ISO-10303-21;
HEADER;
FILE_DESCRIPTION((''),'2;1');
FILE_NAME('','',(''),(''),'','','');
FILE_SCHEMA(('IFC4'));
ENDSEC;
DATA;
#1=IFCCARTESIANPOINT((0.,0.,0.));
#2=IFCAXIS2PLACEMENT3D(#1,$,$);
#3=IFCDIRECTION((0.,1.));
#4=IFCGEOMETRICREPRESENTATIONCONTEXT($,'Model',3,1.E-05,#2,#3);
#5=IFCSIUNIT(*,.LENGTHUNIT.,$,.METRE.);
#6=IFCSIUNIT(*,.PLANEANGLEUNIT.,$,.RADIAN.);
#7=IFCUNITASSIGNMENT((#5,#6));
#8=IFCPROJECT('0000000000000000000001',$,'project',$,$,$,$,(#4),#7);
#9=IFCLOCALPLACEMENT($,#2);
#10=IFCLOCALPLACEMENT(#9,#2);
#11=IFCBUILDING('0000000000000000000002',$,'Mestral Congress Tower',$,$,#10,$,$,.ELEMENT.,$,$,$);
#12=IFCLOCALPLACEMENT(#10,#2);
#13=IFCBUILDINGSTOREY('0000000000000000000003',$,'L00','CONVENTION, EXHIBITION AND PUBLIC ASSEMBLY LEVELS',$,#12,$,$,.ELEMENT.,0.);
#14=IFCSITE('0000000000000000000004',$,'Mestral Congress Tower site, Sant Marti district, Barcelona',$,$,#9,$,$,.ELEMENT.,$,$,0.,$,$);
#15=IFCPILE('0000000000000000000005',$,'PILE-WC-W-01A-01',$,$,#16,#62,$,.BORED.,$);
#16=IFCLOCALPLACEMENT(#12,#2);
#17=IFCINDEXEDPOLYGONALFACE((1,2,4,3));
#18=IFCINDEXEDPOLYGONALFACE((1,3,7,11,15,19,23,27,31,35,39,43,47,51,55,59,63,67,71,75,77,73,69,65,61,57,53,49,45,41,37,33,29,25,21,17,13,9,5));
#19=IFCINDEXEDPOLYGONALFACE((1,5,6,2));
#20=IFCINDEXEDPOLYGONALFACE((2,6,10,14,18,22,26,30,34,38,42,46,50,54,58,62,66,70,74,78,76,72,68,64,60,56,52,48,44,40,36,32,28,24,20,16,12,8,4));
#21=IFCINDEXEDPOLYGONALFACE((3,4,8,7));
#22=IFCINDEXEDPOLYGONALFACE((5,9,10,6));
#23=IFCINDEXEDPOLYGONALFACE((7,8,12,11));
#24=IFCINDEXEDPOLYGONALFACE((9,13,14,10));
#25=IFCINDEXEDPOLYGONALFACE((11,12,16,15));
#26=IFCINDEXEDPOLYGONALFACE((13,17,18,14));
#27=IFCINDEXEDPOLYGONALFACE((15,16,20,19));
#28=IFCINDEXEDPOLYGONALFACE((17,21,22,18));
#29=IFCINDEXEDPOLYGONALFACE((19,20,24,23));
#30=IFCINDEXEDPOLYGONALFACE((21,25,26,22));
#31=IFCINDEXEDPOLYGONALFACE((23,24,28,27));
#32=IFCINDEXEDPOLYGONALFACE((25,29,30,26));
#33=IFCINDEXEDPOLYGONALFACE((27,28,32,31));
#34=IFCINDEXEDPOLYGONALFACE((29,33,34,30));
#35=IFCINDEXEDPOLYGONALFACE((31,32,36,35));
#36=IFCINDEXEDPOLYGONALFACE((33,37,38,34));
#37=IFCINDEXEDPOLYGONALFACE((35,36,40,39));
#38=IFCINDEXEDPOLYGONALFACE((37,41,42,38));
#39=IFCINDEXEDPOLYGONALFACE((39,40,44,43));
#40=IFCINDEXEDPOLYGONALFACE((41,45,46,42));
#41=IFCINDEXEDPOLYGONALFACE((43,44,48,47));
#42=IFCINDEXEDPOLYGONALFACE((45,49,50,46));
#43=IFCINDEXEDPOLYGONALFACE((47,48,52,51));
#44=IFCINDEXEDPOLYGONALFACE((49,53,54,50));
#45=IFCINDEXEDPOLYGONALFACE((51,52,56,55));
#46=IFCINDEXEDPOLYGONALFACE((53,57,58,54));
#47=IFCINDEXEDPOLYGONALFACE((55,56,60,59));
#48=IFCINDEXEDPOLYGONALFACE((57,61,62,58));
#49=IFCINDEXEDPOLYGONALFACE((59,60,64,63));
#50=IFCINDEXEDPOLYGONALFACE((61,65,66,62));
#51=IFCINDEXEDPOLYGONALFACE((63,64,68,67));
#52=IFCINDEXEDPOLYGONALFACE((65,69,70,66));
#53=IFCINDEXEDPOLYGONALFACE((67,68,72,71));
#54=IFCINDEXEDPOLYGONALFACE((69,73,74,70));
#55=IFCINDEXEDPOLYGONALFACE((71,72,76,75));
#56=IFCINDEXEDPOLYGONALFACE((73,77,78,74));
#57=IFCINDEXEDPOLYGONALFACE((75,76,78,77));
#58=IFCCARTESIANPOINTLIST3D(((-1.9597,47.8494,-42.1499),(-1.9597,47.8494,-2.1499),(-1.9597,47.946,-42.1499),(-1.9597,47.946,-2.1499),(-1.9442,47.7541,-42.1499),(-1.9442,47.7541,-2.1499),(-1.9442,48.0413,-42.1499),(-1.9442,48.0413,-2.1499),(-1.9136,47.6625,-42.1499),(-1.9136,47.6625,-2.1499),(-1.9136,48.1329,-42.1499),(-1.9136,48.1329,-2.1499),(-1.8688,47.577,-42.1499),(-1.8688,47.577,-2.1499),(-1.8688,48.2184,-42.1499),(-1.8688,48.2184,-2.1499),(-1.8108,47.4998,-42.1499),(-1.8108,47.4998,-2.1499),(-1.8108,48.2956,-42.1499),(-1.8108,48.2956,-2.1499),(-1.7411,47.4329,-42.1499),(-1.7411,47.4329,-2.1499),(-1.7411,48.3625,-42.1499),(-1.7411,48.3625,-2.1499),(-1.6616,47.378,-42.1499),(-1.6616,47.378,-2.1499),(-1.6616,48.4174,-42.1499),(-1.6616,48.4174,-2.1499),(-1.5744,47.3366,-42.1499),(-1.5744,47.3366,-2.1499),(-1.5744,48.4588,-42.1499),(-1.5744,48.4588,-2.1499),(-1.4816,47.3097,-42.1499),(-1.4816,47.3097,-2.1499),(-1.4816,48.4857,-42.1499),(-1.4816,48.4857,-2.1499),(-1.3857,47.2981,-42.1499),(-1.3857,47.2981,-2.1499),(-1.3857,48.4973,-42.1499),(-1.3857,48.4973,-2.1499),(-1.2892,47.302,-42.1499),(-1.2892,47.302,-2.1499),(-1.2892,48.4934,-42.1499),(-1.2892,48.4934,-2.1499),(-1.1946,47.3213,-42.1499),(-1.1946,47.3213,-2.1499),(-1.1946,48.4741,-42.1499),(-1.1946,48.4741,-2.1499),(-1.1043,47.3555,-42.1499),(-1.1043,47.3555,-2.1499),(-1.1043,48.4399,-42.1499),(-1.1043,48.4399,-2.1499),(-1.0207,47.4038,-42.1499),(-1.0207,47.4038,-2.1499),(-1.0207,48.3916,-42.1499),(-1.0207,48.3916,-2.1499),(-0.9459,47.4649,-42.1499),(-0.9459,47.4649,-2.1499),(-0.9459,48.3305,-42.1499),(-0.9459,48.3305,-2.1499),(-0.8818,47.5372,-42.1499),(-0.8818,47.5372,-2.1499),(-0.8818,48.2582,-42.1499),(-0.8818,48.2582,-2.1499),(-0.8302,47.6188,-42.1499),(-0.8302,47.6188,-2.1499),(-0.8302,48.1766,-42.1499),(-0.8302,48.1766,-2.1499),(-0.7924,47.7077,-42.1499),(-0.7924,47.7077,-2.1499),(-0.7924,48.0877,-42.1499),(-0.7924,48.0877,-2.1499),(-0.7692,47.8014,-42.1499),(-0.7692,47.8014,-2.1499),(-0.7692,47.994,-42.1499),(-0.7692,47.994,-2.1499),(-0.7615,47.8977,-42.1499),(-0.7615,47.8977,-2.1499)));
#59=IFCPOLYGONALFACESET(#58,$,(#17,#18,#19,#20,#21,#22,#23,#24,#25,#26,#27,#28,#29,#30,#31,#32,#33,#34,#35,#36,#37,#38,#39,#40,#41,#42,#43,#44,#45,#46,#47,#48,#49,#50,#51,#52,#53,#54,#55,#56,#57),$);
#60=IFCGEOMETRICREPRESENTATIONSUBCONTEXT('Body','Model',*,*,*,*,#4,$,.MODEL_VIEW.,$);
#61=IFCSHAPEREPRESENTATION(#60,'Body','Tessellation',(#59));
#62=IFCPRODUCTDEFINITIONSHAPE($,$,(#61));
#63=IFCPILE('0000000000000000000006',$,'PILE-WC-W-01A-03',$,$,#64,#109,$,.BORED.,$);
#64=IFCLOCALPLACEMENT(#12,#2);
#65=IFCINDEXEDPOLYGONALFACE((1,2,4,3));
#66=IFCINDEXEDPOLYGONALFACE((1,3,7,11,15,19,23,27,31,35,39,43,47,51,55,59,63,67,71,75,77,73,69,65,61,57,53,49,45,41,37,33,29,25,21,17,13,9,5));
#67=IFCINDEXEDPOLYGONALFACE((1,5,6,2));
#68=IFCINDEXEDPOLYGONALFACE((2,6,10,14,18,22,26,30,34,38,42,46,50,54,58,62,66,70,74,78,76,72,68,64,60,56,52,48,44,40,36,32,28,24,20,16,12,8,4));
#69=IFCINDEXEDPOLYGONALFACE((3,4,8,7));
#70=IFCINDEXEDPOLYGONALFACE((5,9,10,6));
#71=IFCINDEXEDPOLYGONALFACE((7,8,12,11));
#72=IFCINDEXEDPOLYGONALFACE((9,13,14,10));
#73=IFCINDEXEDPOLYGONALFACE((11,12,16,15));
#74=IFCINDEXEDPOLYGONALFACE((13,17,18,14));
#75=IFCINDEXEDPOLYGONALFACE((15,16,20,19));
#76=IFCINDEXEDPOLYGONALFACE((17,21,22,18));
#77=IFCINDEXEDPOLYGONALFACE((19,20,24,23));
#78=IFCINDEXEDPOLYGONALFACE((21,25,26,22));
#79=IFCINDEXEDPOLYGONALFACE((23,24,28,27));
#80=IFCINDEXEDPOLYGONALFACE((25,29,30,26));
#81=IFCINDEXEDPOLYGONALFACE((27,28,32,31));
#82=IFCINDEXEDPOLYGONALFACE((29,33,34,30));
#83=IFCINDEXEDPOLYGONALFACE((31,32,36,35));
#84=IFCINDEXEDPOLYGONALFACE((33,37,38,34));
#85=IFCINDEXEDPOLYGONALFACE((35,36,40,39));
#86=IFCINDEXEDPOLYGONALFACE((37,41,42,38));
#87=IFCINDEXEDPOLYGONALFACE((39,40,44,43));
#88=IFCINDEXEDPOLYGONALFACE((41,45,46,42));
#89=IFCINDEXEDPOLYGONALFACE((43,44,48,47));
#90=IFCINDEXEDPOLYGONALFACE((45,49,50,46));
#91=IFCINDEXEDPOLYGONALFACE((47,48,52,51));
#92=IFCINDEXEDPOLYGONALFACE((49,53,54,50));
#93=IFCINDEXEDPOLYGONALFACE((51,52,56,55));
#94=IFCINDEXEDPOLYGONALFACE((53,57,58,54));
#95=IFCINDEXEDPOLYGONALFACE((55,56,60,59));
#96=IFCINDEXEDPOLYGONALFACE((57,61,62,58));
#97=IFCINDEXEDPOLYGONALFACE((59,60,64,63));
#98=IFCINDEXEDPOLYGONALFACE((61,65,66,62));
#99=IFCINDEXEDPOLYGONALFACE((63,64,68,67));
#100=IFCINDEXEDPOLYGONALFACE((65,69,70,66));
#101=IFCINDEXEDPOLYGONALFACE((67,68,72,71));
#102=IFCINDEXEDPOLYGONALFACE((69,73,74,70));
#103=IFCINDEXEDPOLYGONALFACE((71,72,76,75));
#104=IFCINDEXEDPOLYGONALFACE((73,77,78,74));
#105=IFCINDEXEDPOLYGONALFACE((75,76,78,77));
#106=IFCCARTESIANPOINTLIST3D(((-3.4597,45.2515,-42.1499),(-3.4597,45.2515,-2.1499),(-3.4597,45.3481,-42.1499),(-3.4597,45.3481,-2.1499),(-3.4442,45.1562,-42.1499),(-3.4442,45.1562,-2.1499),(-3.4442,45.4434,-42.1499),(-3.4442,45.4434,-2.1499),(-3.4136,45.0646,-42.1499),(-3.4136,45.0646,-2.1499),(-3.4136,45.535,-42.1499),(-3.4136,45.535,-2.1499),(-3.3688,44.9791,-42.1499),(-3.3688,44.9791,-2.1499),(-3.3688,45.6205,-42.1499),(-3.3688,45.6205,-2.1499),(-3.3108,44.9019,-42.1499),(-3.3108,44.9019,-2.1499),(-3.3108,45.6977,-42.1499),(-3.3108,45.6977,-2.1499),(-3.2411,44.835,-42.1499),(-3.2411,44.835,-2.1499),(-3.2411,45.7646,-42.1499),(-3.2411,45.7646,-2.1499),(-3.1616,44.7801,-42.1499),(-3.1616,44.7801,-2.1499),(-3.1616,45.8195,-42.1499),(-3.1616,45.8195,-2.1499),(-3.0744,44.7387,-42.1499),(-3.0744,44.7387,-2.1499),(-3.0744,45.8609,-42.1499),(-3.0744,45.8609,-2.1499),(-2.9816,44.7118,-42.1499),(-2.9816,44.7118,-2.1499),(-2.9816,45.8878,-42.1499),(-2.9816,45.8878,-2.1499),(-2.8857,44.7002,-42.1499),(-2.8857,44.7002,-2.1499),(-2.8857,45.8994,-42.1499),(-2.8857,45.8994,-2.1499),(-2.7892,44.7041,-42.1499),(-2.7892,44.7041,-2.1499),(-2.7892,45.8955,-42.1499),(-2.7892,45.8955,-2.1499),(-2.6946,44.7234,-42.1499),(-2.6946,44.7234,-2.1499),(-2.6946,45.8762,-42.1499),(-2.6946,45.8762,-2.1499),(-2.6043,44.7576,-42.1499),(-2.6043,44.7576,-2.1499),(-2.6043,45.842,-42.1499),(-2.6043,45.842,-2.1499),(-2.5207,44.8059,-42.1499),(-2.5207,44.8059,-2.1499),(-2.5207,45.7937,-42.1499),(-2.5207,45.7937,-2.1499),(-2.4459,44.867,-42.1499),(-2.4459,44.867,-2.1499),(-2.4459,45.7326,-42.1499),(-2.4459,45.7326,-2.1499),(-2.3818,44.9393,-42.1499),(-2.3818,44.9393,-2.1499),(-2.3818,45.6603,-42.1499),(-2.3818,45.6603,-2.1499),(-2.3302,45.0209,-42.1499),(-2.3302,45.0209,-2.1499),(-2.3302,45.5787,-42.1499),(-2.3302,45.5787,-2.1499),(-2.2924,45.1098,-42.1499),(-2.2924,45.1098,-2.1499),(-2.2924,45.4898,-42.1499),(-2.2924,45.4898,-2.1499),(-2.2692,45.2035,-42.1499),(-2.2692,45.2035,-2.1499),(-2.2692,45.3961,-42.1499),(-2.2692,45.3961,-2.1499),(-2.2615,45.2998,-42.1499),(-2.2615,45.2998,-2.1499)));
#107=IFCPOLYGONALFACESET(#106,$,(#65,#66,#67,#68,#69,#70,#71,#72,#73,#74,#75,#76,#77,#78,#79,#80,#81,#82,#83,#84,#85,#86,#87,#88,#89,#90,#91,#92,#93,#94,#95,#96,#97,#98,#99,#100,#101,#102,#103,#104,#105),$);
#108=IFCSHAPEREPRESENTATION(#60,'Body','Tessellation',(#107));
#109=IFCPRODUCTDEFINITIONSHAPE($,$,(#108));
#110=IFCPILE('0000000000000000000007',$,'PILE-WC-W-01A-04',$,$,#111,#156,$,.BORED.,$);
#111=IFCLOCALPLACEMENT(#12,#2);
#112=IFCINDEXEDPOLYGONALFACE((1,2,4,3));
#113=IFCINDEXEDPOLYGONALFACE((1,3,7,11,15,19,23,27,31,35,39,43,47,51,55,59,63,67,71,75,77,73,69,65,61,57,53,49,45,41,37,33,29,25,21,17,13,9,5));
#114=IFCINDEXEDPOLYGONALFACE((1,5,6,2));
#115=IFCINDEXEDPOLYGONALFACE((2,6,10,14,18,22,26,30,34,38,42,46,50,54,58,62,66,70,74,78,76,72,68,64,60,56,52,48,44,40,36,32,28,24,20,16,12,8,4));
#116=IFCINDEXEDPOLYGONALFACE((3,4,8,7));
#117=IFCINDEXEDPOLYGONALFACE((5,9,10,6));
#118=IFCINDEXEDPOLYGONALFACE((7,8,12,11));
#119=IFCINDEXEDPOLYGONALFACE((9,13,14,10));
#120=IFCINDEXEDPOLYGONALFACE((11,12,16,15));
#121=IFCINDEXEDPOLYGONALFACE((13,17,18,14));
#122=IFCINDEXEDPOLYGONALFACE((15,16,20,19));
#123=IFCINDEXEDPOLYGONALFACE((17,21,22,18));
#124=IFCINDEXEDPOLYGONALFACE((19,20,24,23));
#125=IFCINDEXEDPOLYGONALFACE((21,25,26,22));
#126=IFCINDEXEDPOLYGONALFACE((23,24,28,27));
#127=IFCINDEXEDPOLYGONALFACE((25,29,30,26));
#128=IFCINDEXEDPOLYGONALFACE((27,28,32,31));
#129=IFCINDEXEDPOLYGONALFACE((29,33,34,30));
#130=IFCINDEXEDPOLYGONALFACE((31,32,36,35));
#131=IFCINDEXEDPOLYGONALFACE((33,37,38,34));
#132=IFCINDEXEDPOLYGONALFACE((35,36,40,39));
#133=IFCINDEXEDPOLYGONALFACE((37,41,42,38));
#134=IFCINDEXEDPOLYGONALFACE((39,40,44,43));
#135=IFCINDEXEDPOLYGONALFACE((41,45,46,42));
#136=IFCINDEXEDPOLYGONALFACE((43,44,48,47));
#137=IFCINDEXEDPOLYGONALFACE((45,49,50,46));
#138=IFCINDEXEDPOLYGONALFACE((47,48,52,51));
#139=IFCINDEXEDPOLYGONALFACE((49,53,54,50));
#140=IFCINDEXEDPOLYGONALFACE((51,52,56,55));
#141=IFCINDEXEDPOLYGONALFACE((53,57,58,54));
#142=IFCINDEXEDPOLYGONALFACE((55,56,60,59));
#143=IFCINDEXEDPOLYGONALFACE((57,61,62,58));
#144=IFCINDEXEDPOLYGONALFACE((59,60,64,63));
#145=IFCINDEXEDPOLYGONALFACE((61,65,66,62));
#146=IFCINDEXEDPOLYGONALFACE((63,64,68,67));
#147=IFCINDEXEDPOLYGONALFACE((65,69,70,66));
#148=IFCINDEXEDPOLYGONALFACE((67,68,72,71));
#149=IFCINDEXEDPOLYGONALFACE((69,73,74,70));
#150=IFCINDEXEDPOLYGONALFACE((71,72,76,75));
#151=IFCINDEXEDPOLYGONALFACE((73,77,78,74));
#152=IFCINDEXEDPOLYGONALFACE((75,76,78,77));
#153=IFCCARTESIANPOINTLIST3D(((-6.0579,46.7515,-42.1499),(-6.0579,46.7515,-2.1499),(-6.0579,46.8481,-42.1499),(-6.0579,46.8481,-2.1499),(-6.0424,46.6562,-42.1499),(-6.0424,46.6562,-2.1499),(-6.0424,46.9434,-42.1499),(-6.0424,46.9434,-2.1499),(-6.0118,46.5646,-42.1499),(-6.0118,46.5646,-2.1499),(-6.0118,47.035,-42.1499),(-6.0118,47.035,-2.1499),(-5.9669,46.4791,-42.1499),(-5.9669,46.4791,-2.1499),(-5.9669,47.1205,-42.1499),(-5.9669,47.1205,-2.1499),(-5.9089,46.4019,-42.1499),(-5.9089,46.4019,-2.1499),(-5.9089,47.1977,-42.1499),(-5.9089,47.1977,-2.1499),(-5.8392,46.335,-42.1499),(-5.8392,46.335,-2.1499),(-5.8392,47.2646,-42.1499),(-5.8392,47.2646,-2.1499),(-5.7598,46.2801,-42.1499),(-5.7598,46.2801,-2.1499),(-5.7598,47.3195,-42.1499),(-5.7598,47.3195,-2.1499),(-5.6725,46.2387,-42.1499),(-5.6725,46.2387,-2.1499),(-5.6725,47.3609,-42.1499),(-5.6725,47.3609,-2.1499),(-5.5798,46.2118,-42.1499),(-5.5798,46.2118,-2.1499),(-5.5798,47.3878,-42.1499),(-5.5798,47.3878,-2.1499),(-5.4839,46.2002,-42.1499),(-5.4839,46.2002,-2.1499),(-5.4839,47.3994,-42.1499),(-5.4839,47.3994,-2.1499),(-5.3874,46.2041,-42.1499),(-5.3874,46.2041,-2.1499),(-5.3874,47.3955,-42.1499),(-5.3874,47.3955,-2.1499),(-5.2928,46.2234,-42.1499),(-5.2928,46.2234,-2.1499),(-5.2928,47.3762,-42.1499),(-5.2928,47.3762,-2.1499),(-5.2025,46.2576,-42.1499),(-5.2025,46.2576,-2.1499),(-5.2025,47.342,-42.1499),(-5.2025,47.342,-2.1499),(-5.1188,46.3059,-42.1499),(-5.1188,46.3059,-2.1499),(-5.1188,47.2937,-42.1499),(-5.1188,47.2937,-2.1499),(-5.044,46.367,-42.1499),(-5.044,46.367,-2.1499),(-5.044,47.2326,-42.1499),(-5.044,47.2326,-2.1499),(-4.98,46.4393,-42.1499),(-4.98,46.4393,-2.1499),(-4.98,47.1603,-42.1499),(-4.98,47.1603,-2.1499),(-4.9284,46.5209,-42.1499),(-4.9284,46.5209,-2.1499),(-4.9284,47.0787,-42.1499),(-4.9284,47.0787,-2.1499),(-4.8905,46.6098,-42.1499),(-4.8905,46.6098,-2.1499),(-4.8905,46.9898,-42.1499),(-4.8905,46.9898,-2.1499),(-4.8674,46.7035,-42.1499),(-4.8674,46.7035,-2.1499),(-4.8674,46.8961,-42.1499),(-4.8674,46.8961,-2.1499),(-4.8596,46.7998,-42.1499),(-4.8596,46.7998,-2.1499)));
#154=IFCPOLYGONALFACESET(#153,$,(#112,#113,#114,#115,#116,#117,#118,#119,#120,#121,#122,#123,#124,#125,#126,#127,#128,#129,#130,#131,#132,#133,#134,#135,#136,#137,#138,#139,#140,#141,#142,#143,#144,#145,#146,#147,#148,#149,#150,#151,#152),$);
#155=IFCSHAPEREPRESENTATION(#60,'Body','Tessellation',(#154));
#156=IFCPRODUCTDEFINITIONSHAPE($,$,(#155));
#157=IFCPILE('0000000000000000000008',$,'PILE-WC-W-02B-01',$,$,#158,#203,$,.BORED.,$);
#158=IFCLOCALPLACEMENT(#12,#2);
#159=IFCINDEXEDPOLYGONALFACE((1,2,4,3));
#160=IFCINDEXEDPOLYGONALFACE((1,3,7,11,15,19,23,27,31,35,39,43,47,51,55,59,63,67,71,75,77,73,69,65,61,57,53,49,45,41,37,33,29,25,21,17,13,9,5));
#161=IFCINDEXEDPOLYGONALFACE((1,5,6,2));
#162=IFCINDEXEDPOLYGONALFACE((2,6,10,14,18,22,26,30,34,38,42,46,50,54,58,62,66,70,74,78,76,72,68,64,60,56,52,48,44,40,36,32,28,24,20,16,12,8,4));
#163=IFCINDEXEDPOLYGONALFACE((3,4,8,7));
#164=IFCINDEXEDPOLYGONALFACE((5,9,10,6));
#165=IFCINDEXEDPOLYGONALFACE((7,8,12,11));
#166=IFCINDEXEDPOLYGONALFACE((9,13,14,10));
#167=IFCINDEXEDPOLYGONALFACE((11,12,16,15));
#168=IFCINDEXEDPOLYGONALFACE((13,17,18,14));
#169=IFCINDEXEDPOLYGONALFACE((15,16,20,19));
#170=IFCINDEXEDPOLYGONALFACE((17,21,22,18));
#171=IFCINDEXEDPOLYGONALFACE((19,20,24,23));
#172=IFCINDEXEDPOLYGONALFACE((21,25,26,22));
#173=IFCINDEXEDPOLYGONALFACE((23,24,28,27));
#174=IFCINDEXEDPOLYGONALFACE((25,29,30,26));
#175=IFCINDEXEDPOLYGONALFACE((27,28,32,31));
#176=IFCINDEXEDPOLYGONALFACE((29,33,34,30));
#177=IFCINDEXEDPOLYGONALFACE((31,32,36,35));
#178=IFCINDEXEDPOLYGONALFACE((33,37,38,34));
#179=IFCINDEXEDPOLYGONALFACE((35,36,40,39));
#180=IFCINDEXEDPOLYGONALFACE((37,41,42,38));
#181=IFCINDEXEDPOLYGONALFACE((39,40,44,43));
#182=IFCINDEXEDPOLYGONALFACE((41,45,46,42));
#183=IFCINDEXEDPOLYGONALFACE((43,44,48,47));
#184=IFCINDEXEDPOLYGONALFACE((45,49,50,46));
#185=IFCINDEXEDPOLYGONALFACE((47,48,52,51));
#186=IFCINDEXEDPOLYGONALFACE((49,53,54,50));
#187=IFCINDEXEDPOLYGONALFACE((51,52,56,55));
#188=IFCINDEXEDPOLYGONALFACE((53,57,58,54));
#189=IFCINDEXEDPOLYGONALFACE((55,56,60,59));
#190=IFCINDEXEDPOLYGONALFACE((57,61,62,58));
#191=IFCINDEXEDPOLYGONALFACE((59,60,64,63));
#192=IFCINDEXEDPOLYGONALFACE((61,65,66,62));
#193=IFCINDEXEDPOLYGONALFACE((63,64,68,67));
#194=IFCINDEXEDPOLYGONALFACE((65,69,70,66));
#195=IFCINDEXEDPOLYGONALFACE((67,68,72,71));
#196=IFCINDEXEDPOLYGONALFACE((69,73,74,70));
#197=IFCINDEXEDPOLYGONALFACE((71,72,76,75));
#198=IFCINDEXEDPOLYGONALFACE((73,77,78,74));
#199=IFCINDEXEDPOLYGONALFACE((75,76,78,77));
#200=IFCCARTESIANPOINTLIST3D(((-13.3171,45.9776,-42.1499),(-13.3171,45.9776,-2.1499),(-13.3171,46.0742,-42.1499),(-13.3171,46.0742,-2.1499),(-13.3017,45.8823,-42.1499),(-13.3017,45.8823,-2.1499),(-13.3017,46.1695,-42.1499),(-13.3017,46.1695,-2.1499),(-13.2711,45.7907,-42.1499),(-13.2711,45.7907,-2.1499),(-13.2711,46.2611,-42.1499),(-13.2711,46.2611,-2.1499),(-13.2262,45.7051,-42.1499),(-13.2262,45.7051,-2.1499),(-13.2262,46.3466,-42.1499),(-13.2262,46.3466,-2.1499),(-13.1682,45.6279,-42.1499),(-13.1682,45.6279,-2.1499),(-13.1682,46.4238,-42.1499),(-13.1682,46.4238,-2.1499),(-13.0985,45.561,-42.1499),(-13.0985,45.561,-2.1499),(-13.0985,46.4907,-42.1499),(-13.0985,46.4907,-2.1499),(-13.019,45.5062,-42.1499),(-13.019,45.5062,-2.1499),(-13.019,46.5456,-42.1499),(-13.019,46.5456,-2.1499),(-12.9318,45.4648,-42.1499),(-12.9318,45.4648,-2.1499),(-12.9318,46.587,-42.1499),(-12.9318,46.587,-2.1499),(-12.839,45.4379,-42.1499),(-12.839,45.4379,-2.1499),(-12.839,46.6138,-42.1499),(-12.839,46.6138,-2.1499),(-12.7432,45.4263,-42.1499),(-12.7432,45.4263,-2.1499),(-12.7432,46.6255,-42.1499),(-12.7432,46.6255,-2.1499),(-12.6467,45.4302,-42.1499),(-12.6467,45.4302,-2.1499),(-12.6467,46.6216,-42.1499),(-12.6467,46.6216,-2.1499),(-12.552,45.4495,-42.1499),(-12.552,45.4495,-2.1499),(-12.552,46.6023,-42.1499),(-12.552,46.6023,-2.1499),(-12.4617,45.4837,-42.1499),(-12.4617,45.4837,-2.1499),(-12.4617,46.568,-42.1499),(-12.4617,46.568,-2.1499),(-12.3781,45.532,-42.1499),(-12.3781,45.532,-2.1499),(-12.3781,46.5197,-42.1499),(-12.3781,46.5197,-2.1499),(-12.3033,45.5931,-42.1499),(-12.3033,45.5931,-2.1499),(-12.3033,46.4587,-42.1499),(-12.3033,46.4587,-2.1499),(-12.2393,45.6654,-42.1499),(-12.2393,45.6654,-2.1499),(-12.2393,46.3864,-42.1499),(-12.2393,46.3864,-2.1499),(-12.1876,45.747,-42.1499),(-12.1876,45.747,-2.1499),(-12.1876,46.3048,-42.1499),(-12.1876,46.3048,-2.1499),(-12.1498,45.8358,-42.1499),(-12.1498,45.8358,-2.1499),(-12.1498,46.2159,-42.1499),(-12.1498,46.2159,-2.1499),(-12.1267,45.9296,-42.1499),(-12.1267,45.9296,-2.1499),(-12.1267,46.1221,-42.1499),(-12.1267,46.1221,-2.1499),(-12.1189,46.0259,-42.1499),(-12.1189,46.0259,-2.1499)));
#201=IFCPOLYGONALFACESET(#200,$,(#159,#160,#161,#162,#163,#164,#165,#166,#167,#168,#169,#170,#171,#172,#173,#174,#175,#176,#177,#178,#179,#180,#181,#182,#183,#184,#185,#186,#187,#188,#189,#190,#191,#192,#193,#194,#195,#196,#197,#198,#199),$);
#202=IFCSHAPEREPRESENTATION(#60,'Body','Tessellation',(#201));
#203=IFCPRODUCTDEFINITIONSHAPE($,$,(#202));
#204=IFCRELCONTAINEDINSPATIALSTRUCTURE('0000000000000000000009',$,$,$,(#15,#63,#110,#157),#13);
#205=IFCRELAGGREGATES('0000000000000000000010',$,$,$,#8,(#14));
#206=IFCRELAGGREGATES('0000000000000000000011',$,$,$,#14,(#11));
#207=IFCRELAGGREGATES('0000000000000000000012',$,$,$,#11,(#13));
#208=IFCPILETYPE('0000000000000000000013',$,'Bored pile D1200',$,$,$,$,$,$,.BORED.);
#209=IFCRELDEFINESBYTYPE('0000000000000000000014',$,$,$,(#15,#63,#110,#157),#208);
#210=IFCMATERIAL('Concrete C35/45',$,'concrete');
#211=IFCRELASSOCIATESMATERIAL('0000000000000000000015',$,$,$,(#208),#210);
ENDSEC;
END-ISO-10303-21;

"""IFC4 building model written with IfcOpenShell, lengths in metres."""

from ifc_helpers import new_model, si_unit, direction, frame, origin, origin_2d, place, context, subcontext, project, spatial, circle, extrude, material, material_profile, profile_set, type_object, element, save


model = new_model("IFC4")

# Units and contexts
model_context = context("Model", 3, precision=1e-05, world=origin(), true_north=direction((0.0, 1.0)))
body_context = subcontext(model_context, "Body", "Model", "MODEL_VIEW")
ifc_project = project(units=[si_unit("LENGTHUNIT", "METRE"), si_unit("PLANEANGLEUNIT", "RADIAN")], contexts=[model_context])

# Site, building, storey
site_placement = place(None, origin())
site = spatial("IfcSite", under=ifc_project, at=site_placement, Name="Mestral Congress Tower site, Sant Marti district, Barcelona", CompositionType="ELEMENT", RefElevation=0.0)
building_placement = place(site_placement, origin())
building = spatial("IfcBuilding", under=site, at=building_placement, Name="Mestral Congress Tower", CompositionType="ELEMENT")
storey_placement = place(building_placement, origin())
storey = spatial("IfcBuildingStorey", under=building, at=storey_placement, Name="L00", Description="CONVENTION, EXHIBITION AND PUBLIC ASSEMBLY LEVELS", CompositionType="ELEMENT", Elevation=0.0)

# Piles
ifc_material_1 = material(Name="Concrete C35/45", Category="concrete")
ifc_material_profile_1 = material_profile(ifc_material_1, circle(Radius=0.6001, at=origin_2d()), Name="D1200")
ifc_profile_set_1 = profile_set([ifc_material_profile_1], Name="Concrete C35/45")
pile_type = type_object("IfcPileType", Name="Bored pile D1200", PredefinedType="BORED", material=ifc_profile_set_1)
for number, where, z_axis, x_axis, name in (
    (1, (-1.3616, 47.8977, -2.1499), (0.0, 0.0, -1.0), (1.0, 0.0, 0.0), "PILE-WC-W-01A-01"),
    (2, (-2.8616, 45.2998, -2.1499), (0.0, 0.0, -1.0), (1.0, 0.0, 0.0), "PILE-WC-W-01A-03"),
    (3, (-5.4597, 46.7998, -2.1499), (0.0, 0.0, -1.0), (1.0, 0.0, 0.0), "PILE-WC-W-01A-04"),
    (4, (-12.719, 46.0259, -2.1499), (0.0, 0.0, -1.0), (1.0, 0.0, 0.0), "PILE-WC-W-02B-01"),
):
    element("IfcPile", number, at=place(storey_placement, frame(where, z_axis=z_axis, x_axis=x_axis)), inside=storey, type_object=pile_type, Name=name, PredefinedType="BORED", context=body_context, shape_type="SweptSolid", body=[
        extrude(circle(Radius=0.6001, at=origin_2d()), origin(), (0.0, 0.0, 1.0), 40.0),
    ])

save(model, "model.ifc")
